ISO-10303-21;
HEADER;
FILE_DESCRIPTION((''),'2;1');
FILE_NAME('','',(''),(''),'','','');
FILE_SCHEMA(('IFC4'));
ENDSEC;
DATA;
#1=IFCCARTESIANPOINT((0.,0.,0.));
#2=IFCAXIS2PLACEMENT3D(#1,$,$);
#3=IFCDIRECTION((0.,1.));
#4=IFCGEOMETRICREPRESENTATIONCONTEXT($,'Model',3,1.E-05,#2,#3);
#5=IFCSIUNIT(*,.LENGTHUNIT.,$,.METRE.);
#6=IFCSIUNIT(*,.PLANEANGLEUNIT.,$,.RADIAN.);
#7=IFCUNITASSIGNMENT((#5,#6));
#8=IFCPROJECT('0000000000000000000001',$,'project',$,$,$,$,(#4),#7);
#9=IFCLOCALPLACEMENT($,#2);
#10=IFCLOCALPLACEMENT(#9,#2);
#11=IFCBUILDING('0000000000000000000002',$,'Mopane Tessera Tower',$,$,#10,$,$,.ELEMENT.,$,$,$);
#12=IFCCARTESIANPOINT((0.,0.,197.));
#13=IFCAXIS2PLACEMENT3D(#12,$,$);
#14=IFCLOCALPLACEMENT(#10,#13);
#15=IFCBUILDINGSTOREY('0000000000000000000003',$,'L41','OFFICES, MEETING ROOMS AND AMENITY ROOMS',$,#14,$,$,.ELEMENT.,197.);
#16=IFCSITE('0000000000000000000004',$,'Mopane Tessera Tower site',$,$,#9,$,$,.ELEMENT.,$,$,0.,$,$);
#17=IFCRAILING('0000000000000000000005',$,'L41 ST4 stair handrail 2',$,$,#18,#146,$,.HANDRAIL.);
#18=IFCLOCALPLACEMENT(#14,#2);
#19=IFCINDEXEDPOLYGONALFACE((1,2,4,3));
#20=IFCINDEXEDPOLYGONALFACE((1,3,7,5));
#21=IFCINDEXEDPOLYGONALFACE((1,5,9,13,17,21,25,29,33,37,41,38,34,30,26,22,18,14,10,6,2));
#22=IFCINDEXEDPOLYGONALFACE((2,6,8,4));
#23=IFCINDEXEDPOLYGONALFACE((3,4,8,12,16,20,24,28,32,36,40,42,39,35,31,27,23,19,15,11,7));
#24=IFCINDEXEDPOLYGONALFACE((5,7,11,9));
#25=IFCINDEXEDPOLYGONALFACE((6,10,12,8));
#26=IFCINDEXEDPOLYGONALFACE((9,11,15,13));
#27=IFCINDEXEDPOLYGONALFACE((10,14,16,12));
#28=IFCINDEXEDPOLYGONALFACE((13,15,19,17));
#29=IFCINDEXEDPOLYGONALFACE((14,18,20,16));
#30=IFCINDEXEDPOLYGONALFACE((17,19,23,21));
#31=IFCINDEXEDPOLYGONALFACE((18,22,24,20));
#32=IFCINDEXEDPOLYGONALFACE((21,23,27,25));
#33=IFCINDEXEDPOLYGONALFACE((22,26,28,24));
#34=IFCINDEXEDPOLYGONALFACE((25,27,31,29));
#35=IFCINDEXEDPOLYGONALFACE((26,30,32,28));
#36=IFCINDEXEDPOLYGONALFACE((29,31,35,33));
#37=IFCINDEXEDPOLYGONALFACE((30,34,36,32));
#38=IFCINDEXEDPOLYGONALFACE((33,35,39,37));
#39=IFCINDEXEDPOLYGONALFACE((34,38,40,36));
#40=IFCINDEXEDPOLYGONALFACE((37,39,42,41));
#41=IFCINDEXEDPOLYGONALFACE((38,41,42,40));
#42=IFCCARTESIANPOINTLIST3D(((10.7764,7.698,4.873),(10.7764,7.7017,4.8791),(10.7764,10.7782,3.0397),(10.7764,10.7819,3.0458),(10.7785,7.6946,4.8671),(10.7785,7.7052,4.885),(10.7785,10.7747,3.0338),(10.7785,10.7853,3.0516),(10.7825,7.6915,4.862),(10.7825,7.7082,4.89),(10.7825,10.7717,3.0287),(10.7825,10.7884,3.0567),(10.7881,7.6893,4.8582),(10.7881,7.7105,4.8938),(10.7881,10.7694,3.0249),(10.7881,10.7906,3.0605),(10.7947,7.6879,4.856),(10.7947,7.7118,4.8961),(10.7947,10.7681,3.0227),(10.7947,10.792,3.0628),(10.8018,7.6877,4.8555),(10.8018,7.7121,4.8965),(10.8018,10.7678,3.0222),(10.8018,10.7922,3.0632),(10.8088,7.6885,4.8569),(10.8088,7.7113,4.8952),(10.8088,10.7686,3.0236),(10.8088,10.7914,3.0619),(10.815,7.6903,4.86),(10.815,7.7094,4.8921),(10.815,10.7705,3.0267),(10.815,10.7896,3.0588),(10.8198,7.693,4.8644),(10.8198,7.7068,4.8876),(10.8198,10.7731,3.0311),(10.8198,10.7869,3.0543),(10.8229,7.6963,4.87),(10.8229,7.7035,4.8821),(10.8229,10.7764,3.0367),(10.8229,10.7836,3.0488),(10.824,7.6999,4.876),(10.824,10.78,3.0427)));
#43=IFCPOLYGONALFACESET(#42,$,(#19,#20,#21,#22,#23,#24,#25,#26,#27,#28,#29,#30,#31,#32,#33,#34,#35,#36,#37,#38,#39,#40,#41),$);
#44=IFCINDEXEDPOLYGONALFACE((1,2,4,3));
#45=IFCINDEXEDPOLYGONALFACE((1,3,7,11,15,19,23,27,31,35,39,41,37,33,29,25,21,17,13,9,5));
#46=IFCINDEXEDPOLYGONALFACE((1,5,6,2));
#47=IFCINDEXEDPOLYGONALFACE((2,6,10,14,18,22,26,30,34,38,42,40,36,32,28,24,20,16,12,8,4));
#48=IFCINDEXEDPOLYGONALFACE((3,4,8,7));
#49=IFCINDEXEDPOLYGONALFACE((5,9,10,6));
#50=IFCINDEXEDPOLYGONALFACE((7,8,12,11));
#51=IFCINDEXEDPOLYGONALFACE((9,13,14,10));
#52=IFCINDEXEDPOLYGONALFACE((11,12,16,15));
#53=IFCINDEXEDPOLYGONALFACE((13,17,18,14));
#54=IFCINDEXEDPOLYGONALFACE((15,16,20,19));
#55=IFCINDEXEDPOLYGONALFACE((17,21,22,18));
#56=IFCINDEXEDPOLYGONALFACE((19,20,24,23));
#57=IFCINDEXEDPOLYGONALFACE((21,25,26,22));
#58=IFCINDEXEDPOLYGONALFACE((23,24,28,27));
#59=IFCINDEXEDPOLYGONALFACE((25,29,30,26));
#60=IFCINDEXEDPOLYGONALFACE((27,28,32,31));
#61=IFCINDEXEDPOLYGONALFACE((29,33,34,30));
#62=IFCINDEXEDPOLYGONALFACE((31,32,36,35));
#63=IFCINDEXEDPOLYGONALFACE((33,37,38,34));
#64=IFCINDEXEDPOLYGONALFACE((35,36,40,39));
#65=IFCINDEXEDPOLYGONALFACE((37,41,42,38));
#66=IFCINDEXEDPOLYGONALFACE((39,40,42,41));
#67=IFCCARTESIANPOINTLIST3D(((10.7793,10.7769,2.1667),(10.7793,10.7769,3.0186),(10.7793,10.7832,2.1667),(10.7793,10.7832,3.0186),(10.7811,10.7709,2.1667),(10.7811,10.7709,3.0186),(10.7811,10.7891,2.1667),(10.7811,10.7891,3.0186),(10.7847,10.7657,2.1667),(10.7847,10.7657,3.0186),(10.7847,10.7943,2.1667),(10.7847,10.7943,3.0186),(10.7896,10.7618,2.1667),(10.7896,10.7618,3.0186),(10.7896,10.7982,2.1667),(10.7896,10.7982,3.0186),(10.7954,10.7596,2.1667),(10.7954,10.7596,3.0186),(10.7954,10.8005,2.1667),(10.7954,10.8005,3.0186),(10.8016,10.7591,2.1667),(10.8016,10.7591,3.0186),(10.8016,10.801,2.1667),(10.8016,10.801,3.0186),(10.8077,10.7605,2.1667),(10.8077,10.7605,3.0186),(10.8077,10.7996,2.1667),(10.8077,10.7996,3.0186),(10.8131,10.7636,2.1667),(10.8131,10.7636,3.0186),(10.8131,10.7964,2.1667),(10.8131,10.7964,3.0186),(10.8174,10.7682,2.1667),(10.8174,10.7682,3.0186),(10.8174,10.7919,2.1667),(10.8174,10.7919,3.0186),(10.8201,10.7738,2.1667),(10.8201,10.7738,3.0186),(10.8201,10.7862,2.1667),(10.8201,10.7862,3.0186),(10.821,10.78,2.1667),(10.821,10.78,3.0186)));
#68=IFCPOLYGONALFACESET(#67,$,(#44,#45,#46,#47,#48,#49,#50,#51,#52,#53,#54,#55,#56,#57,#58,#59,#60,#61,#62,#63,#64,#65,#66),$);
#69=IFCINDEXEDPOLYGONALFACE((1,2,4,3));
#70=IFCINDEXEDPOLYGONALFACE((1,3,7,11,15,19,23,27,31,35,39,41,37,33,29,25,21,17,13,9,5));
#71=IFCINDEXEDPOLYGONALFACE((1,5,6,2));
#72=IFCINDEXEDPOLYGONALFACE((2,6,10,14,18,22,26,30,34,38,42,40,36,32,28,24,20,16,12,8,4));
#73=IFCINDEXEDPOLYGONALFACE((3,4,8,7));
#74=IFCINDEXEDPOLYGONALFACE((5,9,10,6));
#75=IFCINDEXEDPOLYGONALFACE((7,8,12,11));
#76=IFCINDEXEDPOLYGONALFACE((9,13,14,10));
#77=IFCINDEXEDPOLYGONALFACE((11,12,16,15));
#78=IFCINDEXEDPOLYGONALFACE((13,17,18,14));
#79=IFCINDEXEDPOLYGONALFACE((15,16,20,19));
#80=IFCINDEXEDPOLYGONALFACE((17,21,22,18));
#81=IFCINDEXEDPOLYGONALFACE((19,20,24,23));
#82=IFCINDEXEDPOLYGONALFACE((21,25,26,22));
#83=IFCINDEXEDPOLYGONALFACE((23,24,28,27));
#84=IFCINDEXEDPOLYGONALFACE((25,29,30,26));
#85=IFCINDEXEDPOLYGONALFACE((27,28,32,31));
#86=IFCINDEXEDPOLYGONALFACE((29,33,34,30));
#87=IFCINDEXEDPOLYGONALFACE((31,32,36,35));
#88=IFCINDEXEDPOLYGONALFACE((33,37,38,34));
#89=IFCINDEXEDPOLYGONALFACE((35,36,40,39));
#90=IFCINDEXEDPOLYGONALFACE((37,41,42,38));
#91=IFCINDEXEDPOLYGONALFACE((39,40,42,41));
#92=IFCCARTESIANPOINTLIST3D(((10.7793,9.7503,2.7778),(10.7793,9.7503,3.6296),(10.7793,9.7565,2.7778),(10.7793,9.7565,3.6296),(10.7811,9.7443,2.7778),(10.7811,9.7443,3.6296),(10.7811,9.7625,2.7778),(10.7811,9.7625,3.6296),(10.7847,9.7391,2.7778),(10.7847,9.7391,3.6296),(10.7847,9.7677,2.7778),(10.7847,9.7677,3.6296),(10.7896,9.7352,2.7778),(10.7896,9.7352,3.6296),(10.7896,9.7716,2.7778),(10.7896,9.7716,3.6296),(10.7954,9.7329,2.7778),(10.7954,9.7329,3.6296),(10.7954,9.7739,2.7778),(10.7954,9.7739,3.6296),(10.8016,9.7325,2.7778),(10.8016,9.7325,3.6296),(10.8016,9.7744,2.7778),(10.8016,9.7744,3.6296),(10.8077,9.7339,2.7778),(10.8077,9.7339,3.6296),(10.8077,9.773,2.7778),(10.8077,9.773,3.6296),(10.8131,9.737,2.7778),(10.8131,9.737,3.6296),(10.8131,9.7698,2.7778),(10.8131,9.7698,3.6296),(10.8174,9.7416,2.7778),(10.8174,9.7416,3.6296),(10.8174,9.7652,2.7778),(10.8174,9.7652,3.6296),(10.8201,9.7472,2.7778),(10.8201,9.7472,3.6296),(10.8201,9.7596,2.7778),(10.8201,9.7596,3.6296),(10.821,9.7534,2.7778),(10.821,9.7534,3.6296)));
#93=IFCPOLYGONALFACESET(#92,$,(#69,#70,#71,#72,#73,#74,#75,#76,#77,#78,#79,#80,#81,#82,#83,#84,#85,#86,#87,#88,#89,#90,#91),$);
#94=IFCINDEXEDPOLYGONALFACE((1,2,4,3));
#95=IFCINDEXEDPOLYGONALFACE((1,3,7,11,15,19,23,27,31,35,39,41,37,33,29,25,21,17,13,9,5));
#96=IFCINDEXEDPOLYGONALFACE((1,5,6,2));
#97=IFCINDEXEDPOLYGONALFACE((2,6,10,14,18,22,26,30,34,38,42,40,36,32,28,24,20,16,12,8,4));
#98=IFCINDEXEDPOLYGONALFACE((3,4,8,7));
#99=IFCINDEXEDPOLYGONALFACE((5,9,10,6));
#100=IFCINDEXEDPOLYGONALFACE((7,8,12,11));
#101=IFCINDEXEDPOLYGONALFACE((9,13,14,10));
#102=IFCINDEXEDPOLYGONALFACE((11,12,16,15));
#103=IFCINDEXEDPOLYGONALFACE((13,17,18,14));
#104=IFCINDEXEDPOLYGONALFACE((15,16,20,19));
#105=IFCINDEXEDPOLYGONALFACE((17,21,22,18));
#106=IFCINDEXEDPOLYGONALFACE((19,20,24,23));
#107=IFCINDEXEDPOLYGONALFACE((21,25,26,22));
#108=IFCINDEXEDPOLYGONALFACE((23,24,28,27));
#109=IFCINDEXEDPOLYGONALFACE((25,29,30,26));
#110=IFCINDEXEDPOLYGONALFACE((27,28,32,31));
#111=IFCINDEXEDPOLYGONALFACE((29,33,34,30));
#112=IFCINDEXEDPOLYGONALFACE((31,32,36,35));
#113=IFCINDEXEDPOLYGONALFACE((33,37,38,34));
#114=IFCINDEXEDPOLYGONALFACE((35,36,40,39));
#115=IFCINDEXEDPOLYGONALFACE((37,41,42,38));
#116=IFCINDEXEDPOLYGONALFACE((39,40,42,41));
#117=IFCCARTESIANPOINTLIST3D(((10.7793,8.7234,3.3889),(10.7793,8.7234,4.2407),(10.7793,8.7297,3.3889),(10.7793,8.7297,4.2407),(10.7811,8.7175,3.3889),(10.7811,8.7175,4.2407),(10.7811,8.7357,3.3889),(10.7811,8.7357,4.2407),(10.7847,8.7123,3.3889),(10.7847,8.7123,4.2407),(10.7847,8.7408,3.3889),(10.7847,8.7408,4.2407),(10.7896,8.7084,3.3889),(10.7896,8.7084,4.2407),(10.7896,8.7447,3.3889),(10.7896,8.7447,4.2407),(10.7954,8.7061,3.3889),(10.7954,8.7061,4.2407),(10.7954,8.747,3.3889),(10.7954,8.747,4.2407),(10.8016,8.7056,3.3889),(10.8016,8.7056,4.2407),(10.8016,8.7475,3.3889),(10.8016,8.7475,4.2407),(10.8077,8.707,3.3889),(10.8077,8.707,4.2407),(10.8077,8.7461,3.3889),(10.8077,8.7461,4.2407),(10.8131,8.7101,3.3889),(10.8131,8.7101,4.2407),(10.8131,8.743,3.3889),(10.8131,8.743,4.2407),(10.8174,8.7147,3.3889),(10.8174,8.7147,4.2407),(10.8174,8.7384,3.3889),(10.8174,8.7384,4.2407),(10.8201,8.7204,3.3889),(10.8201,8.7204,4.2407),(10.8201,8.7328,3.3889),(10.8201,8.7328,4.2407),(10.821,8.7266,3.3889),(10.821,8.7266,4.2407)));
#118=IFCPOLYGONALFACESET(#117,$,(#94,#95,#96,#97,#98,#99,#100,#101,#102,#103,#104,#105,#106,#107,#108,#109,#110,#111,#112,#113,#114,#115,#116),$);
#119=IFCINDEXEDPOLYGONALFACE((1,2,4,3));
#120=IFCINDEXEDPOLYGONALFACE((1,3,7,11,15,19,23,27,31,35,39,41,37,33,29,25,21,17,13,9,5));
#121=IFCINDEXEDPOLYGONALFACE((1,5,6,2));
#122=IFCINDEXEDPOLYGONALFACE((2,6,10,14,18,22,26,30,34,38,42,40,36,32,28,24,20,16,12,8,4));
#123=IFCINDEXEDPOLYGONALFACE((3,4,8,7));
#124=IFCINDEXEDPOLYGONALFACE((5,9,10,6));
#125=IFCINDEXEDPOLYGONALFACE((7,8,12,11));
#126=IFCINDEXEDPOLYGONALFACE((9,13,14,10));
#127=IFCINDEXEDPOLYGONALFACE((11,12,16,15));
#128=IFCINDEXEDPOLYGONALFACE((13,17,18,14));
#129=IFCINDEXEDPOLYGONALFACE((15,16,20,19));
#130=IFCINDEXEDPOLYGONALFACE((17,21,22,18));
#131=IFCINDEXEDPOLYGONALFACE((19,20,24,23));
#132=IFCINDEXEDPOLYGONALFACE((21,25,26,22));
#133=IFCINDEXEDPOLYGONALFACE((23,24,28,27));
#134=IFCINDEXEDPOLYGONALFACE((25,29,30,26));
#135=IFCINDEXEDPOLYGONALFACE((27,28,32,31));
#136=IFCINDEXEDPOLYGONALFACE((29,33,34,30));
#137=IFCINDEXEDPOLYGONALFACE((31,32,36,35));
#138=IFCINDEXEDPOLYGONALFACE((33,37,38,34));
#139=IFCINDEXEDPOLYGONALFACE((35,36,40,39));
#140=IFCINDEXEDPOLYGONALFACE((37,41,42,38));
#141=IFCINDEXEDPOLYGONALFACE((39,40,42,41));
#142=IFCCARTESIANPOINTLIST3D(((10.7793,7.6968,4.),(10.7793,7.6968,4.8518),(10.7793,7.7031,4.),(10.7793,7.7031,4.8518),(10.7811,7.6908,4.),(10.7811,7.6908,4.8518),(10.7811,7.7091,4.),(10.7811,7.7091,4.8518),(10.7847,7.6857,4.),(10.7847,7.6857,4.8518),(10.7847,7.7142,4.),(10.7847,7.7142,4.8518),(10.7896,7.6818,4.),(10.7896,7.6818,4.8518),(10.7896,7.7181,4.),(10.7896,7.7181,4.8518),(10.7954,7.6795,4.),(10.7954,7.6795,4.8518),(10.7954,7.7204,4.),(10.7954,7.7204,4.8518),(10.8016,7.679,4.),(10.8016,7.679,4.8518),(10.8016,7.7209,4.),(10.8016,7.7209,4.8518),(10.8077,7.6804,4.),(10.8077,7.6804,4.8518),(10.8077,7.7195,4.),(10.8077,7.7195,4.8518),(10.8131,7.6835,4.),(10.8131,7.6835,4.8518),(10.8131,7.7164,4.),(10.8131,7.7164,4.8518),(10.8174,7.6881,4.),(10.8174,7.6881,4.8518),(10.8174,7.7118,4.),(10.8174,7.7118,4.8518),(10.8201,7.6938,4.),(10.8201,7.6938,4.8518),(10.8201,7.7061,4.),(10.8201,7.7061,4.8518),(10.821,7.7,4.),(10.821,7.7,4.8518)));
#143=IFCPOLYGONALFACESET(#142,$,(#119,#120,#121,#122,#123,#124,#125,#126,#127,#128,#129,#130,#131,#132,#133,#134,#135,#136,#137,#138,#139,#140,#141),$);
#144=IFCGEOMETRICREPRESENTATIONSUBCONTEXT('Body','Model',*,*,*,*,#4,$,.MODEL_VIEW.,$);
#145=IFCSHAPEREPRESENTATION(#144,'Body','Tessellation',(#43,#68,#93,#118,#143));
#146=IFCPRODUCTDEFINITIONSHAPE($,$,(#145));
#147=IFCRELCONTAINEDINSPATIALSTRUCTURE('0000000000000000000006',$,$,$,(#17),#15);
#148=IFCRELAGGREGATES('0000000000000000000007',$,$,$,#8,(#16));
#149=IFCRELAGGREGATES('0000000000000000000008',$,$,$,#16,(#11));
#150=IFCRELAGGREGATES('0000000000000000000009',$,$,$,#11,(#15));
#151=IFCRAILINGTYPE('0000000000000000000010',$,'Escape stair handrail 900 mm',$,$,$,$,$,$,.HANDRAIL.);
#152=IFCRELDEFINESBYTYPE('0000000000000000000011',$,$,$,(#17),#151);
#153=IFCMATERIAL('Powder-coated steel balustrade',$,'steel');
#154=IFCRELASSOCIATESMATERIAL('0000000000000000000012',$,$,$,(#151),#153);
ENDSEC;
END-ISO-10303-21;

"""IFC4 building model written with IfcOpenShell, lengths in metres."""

from ifc_helpers import new_model, si_unit, direction, frame, origin, origin_2d, place, context, subcontext, project, spatial, circle, extrude, material, type_object, element, save


model = new_model("IFC4")

# Units and contexts
model_context = context("Model", 3, precision=1e-05, world=origin(), true_north=direction((0.0, 1.0)))
body_context = subcontext(model_context, "Body", "Model", "MODEL_VIEW")
ifc_project = project(units=[si_unit("LENGTHUNIT", "METRE"), si_unit("PLANEANGLEUNIT", "RADIAN")], contexts=[model_context])

# Site, building, storey
site_placement = place(None, origin())
site = spatial("IfcSite", under=ifc_project, at=site_placement, Name="Mopane Tessera Tower site", CompositionType="ELEMENT", RefElevation=0.0)
building_placement = place(site_placement, origin())
building = spatial("IfcBuilding", under=site, at=building_placement, Name="Mopane Tessera Tower", CompositionType="ELEMENT")
storey_placement = place(building_placement, frame((0.0, 0.0, 197.0)))
storey = spatial("IfcBuildingStorey", under=building, at=storey_placement, Name="L41", Description="OFFICES, MEETING ROOMS AND AMENITY ROOMS", CompositionType="ELEMENT", Elevation=197.0)

# Railing
ifc_material_1 = material(Name="Powder-coated steel balustrade", Category="steel")
railing_type_1 = type_object("IfcRailingType", Name="Escape stair handrail 900 mm", PredefinedType="HANDRAIL", material=ifc_material_1)
railing_1_placement = place(storey_placement, frame((10.8, 10.78, 2.1667)))
element("IfcRailing", 1, at=railing_1_placement, inside=storey, type_object=railing_type_1, Name="L41 ST4 stair handrail 2", PredefinedType="HANDRAIL", context=body_context, shape_type="SweptSolid", body=[
    extrude(circle(Radius=0.0239, at=origin_2d()), frame((0.0, 0.0, 0.876), z_axis=(0.0, -0.859309, 0.511458), x_axis=(1.0, 0.0, 0.0)), (0.0, 0.0, 1.0), 3.5845),
    extrude(circle(Radius=0.021, at=origin_2d()), origin(), (0.0, 0.0, 1.0), 0.8518),
    extrude(circle(Radius=0.021, at=origin_2d()), frame((0.0, -1.0266, 0.6111)), (0.0, 0.0, 1.0), 0.8518),
    extrude(circle(Radius=0.021, at=origin_2d()), frame((0.0, -2.0535, 1.2222)), (0.0, 0.0, 1.0), 0.8518),
    extrude(circle(Radius=0.021, at=origin_2d()), frame((0.0, -3.0801, 1.8333)), (0.0, 0.0, 1.0), 0.8518),
])

save(model, "model.ifc")
